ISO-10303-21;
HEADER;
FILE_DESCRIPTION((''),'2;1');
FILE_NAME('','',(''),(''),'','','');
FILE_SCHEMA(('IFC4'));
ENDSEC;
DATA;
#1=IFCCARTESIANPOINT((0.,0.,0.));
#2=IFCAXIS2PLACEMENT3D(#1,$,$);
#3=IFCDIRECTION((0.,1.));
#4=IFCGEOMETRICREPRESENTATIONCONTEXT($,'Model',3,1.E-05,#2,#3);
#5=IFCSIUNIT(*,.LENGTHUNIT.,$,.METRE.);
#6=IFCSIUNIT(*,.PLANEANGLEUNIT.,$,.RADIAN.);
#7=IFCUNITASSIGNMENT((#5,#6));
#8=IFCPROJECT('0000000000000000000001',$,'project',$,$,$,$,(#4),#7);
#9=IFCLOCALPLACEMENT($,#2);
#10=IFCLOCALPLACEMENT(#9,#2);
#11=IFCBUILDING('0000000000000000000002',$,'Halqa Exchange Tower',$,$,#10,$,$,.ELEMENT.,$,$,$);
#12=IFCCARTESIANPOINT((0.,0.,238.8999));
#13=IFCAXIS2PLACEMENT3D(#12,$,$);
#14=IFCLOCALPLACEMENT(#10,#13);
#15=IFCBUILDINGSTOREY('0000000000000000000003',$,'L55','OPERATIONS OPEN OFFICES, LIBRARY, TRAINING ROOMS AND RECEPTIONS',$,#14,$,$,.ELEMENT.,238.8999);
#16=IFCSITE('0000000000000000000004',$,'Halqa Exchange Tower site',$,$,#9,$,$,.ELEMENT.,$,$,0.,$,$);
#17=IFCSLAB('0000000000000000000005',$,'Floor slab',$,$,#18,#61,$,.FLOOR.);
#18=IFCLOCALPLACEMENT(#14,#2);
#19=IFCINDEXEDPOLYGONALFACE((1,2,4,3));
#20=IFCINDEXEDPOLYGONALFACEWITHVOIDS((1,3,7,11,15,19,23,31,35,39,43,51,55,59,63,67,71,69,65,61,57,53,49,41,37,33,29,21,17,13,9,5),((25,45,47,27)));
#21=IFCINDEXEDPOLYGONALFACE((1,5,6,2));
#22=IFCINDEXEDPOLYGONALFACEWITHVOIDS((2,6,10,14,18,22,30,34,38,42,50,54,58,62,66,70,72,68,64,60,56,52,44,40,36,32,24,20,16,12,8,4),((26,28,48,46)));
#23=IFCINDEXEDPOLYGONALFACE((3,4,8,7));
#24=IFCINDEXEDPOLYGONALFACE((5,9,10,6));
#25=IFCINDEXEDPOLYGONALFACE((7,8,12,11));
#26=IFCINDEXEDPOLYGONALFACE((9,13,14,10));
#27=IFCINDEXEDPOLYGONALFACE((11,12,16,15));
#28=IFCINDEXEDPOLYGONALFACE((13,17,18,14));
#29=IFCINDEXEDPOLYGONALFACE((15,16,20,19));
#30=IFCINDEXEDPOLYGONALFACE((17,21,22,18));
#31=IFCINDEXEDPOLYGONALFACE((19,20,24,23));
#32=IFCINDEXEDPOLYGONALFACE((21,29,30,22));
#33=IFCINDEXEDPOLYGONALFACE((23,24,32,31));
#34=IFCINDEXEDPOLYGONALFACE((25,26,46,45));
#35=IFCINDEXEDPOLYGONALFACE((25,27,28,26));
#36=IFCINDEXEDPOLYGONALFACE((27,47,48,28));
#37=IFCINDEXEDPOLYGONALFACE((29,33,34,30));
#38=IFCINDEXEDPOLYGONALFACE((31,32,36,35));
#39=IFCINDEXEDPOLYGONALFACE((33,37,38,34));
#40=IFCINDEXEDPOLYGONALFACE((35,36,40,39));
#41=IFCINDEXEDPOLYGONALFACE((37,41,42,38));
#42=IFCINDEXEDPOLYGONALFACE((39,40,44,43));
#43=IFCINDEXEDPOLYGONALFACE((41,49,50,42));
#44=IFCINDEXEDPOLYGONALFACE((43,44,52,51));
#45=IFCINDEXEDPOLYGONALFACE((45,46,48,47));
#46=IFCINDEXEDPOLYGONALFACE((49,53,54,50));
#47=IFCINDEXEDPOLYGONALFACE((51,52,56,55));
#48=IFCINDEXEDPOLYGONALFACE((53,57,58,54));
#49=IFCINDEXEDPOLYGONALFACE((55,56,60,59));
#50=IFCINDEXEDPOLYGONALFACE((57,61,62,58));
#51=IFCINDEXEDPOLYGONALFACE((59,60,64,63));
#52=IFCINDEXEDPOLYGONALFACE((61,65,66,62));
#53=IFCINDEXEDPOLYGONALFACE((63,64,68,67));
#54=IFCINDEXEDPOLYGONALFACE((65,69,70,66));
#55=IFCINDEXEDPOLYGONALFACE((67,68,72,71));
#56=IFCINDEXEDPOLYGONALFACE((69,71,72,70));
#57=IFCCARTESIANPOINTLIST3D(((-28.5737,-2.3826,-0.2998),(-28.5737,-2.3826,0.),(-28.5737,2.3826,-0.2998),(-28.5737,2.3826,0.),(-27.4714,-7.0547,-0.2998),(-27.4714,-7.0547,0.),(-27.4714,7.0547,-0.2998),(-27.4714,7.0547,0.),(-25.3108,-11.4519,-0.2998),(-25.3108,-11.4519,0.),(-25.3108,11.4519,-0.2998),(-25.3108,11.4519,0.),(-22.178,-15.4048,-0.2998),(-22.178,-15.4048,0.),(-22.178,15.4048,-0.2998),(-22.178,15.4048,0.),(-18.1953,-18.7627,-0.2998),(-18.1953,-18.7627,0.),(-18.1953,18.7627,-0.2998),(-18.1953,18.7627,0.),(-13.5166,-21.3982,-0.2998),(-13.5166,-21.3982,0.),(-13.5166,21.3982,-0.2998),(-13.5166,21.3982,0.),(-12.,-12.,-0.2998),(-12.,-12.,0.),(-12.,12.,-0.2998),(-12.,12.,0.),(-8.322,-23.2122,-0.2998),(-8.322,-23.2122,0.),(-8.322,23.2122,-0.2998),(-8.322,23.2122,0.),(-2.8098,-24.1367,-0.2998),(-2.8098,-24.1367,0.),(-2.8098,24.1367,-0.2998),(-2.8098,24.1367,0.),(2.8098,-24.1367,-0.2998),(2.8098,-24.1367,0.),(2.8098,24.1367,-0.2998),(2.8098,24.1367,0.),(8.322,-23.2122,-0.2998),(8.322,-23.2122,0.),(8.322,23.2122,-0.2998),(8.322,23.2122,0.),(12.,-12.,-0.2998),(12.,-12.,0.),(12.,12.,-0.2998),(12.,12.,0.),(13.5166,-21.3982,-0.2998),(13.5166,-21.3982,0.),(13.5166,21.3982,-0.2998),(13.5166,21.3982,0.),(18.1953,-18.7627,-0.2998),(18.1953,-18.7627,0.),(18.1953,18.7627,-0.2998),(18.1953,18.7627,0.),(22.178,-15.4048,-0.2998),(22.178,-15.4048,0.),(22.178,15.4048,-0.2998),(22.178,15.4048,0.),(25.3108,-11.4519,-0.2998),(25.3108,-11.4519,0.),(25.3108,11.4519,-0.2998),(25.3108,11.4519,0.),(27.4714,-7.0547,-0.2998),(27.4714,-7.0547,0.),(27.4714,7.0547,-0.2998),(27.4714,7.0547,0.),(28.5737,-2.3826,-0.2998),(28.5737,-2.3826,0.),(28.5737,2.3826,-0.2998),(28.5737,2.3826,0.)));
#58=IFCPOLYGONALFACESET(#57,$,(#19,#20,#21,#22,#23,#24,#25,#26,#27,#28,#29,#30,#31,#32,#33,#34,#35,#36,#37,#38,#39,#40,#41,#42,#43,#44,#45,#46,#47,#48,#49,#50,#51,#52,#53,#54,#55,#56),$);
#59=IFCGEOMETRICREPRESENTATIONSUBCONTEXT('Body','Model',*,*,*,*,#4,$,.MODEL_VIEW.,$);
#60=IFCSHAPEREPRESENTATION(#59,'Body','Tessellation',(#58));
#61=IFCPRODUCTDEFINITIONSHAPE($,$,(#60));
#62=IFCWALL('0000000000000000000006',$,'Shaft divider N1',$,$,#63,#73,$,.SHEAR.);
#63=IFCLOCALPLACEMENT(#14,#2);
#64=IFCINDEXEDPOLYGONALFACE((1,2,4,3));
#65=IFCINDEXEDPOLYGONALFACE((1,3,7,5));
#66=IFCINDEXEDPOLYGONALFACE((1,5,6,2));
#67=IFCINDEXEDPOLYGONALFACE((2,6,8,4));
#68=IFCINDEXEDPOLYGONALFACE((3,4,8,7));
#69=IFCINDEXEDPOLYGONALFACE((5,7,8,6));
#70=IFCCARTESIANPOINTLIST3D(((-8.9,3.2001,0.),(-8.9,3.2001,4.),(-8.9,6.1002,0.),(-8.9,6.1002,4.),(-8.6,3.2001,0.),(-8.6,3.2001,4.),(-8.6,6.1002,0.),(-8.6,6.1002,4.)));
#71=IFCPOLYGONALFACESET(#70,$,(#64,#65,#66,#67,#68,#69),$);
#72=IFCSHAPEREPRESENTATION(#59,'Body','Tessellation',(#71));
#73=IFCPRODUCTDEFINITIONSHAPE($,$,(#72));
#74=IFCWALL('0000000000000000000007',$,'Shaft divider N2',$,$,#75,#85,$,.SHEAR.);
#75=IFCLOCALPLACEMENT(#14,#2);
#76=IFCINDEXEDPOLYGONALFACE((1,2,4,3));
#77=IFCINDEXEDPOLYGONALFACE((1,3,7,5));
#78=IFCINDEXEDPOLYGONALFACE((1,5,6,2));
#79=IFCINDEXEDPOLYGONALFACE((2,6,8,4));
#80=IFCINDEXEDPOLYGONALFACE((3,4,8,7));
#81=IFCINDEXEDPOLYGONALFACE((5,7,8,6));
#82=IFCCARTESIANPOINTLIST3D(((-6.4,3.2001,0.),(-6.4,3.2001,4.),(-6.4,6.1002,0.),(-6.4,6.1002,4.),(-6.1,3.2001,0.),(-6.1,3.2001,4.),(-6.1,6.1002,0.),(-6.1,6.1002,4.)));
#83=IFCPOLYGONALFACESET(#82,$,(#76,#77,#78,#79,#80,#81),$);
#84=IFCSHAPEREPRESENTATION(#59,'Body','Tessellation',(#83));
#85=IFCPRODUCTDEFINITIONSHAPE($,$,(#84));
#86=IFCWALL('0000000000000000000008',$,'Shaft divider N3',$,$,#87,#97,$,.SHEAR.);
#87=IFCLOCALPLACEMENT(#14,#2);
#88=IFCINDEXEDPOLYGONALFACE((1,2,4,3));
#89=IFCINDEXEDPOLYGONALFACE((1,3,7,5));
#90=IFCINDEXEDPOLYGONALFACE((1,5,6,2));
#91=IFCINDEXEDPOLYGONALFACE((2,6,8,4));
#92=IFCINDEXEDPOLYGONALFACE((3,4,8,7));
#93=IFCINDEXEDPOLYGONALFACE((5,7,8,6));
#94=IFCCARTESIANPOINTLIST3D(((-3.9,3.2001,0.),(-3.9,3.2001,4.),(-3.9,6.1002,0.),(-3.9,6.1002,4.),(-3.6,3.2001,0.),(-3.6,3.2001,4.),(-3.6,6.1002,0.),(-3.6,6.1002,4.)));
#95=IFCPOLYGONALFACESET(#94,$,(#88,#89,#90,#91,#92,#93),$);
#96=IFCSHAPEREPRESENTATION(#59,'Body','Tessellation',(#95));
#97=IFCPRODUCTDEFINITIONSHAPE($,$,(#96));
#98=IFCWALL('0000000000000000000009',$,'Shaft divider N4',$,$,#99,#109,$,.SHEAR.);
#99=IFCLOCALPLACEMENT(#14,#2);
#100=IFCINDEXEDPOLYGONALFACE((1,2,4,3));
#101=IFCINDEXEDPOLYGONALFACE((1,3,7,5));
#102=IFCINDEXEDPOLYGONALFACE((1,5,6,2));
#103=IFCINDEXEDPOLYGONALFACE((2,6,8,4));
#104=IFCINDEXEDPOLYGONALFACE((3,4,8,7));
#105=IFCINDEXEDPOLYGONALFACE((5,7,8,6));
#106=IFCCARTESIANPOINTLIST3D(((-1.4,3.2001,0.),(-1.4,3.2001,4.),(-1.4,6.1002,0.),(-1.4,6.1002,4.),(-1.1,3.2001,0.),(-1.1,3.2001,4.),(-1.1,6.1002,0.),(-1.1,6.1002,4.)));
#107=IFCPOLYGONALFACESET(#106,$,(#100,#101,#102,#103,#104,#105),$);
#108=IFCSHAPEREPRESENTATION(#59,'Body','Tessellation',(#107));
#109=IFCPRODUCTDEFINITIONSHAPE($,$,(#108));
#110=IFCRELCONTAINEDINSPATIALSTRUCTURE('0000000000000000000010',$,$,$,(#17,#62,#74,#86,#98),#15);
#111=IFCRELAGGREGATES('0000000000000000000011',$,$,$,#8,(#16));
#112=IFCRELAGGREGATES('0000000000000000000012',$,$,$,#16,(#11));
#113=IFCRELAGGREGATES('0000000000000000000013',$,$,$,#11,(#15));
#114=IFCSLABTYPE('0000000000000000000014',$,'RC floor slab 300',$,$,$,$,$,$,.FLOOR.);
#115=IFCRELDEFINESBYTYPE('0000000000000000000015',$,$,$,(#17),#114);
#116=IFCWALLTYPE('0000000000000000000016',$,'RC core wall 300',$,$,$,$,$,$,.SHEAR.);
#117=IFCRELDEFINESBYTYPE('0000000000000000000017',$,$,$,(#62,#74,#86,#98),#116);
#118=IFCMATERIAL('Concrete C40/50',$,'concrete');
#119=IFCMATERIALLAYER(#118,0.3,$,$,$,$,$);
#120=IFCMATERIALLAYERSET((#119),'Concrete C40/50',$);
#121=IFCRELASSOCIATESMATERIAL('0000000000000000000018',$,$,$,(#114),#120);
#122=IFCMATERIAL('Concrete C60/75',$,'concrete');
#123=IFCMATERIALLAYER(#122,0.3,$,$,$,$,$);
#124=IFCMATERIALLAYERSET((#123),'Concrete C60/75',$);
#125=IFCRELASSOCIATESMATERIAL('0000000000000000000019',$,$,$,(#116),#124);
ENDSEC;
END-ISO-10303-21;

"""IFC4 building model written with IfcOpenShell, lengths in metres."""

from ifc_helpers import new_model, si_unit, direction, frame, frame_2d, origin, place, context, subcontext, project, spatial, polyline, rectangle, outline, extrude, material, layer, layer_set, type_object, element, save


model = new_model("IFC4")

# Units and contexts
model_context = context("Model", 3, precision=1e-05, world=origin(), true_north=direction((0.0, 1.0)))
body_context = subcontext(model_context, "Body", "Model", "MODEL_VIEW")
ifc_project = project(units=[si_unit("LENGTHUNIT", "METRE"), si_unit("PLANEANGLEUNIT", "RADIAN")], contexts=[model_context])

# Site, building, storey
site_placement = place(None, origin())
site = spatial("IfcSite", under=ifc_project, at=site_placement, Name="Halqa Exchange Tower site", CompositionType="ELEMENT", RefElevation=0.0)
building_placement = place(site_placement, origin())
building = spatial("IfcBuilding", under=site, at=building_placement, Name="Halqa Exchange Tower", CompositionType="ELEMENT")
storey_placement = place(building_placement, frame((0.0, 0.0, 238.8999)))
storey = spatial("IfcBuildingStorey", under=building, at=storey_placement, Name="L55", Description="OPERATIONS OPEN OFFICES, LIBRARY, TRAINING ROOMS AND RECEPTIONS", CompositionType="ELEMENT", Elevation=238.8999)

# Slab
ifc_material_1 = material(Name="Concrete C40/50", Category="concrete")
ifc_layer_1 = layer(ifc_material_1, 0.3)
ifc_layer_set_1 = layer_set([ifc_layer_1], Name="Concrete C40/50")
slab_type = type_object("IfcSlabType", Name="RC floor slab 300", PredefinedType="FLOOR", material=ifc_layer_set_1)
slab_placement = place(storey_placement, frame((0.0, 0.0, -0.2998)))
element("IfcSlab", 1, at=slab_placement, inside=storey, type_object=slab_type, Name="Floor slab", PredefinedType="FLOOR", context=body_context, shape_type="SweptSolid", body=[
    extrude(outline(polyline([(28.5737, 2.3826), (27.4714, 7.0547), (25.3108, 11.4519), (22.178, 15.4048), (18.1953, 18.7627), (13.5166, 21.3982), (8.322, 23.2122), (2.8098, 24.1367), (-2.8098, 24.1367), (-8.322, 23.2122), (-13.5166, 21.3982), (-18.1953, 18.7627), (-22.178, 15.4048), (-25.3108, 11.4519), (-27.4714, 7.0547), (-28.5737, 2.3826), (-28.5737, -2.3826), (-27.4714, -7.0547), (-25.3108, -11.4519), (-22.178, -15.4048), (-18.1953, -18.7627), (-13.5166, -21.3982), (-8.322, -23.2122), (-2.8098, -24.1367), (2.8098, -24.1367), (8.322, -23.2122), (13.5166, -21.3982), (18.1953, -18.7627), (22.178, -15.4048), (25.3108, -11.4519), (27.4714, -7.0547), (28.5737, -2.3826), (28.5737, 2.3826)]), holes=[polyline([(-12.0, -12.0), (12.0, -12.0), (12.0, 12.0), (-12.0, 12.0), (-12.0, -12.0)])]), origin(), (0.0, 0.0, 1.0), 0.2998),
])

# Walls
ifc_material_2 = material(Name="Concrete C60/75", Category="concrete")
ifc_layer_2 = layer(ifc_material_2, 0.3)
ifc_layer_set_2 = layer_set([ifc_layer_2], Name="Concrete C60/75")
wall_type_1 = type_object("IfcWallType", Name="RC core wall 300", PredefinedType="SHEAR", material=ifc_layer_set_2)
for number, where, z_axis, x_axis, name in (
    (2, (-8.75, 3.2, 0.0), (0.0, 0.0, 1.0), (0.0, 1.0, 0.0), "Shaft divider N1"),
    (3, (-6.25, 3.2, 0.0), (0.0, 0.0, 1.0), (0.0, 1.0, 0.0), "Shaft divider N2"),
    (4, (-3.75, 3.2, 0.0), (0.0, 0.0, 1.0), (0.0, 1.0, 0.0), "Shaft divider N3"),
    (5, (-1.25, 3.2, 0.0), (0.0, 0.0, 1.0), (0.0, 1.0, 0.0), "Shaft divider N4"),
):
    element("IfcWall", number, at=place(storey_placement, frame(where, z_axis=z_axis, x_axis=x_axis)), inside=storey, type_object=wall_type_1, Name=name, PredefinedType="SHEAR", context=body_context, shape_type="SweptSolid", body=[
        extrude(rectangle(XDim=2.9001, YDim=0.3, at=frame_2d((1.4502, 0.0))), origin(), (0.0, 0.0, 1.0), 4.0),
    ])

save(model, "model.ifc")
